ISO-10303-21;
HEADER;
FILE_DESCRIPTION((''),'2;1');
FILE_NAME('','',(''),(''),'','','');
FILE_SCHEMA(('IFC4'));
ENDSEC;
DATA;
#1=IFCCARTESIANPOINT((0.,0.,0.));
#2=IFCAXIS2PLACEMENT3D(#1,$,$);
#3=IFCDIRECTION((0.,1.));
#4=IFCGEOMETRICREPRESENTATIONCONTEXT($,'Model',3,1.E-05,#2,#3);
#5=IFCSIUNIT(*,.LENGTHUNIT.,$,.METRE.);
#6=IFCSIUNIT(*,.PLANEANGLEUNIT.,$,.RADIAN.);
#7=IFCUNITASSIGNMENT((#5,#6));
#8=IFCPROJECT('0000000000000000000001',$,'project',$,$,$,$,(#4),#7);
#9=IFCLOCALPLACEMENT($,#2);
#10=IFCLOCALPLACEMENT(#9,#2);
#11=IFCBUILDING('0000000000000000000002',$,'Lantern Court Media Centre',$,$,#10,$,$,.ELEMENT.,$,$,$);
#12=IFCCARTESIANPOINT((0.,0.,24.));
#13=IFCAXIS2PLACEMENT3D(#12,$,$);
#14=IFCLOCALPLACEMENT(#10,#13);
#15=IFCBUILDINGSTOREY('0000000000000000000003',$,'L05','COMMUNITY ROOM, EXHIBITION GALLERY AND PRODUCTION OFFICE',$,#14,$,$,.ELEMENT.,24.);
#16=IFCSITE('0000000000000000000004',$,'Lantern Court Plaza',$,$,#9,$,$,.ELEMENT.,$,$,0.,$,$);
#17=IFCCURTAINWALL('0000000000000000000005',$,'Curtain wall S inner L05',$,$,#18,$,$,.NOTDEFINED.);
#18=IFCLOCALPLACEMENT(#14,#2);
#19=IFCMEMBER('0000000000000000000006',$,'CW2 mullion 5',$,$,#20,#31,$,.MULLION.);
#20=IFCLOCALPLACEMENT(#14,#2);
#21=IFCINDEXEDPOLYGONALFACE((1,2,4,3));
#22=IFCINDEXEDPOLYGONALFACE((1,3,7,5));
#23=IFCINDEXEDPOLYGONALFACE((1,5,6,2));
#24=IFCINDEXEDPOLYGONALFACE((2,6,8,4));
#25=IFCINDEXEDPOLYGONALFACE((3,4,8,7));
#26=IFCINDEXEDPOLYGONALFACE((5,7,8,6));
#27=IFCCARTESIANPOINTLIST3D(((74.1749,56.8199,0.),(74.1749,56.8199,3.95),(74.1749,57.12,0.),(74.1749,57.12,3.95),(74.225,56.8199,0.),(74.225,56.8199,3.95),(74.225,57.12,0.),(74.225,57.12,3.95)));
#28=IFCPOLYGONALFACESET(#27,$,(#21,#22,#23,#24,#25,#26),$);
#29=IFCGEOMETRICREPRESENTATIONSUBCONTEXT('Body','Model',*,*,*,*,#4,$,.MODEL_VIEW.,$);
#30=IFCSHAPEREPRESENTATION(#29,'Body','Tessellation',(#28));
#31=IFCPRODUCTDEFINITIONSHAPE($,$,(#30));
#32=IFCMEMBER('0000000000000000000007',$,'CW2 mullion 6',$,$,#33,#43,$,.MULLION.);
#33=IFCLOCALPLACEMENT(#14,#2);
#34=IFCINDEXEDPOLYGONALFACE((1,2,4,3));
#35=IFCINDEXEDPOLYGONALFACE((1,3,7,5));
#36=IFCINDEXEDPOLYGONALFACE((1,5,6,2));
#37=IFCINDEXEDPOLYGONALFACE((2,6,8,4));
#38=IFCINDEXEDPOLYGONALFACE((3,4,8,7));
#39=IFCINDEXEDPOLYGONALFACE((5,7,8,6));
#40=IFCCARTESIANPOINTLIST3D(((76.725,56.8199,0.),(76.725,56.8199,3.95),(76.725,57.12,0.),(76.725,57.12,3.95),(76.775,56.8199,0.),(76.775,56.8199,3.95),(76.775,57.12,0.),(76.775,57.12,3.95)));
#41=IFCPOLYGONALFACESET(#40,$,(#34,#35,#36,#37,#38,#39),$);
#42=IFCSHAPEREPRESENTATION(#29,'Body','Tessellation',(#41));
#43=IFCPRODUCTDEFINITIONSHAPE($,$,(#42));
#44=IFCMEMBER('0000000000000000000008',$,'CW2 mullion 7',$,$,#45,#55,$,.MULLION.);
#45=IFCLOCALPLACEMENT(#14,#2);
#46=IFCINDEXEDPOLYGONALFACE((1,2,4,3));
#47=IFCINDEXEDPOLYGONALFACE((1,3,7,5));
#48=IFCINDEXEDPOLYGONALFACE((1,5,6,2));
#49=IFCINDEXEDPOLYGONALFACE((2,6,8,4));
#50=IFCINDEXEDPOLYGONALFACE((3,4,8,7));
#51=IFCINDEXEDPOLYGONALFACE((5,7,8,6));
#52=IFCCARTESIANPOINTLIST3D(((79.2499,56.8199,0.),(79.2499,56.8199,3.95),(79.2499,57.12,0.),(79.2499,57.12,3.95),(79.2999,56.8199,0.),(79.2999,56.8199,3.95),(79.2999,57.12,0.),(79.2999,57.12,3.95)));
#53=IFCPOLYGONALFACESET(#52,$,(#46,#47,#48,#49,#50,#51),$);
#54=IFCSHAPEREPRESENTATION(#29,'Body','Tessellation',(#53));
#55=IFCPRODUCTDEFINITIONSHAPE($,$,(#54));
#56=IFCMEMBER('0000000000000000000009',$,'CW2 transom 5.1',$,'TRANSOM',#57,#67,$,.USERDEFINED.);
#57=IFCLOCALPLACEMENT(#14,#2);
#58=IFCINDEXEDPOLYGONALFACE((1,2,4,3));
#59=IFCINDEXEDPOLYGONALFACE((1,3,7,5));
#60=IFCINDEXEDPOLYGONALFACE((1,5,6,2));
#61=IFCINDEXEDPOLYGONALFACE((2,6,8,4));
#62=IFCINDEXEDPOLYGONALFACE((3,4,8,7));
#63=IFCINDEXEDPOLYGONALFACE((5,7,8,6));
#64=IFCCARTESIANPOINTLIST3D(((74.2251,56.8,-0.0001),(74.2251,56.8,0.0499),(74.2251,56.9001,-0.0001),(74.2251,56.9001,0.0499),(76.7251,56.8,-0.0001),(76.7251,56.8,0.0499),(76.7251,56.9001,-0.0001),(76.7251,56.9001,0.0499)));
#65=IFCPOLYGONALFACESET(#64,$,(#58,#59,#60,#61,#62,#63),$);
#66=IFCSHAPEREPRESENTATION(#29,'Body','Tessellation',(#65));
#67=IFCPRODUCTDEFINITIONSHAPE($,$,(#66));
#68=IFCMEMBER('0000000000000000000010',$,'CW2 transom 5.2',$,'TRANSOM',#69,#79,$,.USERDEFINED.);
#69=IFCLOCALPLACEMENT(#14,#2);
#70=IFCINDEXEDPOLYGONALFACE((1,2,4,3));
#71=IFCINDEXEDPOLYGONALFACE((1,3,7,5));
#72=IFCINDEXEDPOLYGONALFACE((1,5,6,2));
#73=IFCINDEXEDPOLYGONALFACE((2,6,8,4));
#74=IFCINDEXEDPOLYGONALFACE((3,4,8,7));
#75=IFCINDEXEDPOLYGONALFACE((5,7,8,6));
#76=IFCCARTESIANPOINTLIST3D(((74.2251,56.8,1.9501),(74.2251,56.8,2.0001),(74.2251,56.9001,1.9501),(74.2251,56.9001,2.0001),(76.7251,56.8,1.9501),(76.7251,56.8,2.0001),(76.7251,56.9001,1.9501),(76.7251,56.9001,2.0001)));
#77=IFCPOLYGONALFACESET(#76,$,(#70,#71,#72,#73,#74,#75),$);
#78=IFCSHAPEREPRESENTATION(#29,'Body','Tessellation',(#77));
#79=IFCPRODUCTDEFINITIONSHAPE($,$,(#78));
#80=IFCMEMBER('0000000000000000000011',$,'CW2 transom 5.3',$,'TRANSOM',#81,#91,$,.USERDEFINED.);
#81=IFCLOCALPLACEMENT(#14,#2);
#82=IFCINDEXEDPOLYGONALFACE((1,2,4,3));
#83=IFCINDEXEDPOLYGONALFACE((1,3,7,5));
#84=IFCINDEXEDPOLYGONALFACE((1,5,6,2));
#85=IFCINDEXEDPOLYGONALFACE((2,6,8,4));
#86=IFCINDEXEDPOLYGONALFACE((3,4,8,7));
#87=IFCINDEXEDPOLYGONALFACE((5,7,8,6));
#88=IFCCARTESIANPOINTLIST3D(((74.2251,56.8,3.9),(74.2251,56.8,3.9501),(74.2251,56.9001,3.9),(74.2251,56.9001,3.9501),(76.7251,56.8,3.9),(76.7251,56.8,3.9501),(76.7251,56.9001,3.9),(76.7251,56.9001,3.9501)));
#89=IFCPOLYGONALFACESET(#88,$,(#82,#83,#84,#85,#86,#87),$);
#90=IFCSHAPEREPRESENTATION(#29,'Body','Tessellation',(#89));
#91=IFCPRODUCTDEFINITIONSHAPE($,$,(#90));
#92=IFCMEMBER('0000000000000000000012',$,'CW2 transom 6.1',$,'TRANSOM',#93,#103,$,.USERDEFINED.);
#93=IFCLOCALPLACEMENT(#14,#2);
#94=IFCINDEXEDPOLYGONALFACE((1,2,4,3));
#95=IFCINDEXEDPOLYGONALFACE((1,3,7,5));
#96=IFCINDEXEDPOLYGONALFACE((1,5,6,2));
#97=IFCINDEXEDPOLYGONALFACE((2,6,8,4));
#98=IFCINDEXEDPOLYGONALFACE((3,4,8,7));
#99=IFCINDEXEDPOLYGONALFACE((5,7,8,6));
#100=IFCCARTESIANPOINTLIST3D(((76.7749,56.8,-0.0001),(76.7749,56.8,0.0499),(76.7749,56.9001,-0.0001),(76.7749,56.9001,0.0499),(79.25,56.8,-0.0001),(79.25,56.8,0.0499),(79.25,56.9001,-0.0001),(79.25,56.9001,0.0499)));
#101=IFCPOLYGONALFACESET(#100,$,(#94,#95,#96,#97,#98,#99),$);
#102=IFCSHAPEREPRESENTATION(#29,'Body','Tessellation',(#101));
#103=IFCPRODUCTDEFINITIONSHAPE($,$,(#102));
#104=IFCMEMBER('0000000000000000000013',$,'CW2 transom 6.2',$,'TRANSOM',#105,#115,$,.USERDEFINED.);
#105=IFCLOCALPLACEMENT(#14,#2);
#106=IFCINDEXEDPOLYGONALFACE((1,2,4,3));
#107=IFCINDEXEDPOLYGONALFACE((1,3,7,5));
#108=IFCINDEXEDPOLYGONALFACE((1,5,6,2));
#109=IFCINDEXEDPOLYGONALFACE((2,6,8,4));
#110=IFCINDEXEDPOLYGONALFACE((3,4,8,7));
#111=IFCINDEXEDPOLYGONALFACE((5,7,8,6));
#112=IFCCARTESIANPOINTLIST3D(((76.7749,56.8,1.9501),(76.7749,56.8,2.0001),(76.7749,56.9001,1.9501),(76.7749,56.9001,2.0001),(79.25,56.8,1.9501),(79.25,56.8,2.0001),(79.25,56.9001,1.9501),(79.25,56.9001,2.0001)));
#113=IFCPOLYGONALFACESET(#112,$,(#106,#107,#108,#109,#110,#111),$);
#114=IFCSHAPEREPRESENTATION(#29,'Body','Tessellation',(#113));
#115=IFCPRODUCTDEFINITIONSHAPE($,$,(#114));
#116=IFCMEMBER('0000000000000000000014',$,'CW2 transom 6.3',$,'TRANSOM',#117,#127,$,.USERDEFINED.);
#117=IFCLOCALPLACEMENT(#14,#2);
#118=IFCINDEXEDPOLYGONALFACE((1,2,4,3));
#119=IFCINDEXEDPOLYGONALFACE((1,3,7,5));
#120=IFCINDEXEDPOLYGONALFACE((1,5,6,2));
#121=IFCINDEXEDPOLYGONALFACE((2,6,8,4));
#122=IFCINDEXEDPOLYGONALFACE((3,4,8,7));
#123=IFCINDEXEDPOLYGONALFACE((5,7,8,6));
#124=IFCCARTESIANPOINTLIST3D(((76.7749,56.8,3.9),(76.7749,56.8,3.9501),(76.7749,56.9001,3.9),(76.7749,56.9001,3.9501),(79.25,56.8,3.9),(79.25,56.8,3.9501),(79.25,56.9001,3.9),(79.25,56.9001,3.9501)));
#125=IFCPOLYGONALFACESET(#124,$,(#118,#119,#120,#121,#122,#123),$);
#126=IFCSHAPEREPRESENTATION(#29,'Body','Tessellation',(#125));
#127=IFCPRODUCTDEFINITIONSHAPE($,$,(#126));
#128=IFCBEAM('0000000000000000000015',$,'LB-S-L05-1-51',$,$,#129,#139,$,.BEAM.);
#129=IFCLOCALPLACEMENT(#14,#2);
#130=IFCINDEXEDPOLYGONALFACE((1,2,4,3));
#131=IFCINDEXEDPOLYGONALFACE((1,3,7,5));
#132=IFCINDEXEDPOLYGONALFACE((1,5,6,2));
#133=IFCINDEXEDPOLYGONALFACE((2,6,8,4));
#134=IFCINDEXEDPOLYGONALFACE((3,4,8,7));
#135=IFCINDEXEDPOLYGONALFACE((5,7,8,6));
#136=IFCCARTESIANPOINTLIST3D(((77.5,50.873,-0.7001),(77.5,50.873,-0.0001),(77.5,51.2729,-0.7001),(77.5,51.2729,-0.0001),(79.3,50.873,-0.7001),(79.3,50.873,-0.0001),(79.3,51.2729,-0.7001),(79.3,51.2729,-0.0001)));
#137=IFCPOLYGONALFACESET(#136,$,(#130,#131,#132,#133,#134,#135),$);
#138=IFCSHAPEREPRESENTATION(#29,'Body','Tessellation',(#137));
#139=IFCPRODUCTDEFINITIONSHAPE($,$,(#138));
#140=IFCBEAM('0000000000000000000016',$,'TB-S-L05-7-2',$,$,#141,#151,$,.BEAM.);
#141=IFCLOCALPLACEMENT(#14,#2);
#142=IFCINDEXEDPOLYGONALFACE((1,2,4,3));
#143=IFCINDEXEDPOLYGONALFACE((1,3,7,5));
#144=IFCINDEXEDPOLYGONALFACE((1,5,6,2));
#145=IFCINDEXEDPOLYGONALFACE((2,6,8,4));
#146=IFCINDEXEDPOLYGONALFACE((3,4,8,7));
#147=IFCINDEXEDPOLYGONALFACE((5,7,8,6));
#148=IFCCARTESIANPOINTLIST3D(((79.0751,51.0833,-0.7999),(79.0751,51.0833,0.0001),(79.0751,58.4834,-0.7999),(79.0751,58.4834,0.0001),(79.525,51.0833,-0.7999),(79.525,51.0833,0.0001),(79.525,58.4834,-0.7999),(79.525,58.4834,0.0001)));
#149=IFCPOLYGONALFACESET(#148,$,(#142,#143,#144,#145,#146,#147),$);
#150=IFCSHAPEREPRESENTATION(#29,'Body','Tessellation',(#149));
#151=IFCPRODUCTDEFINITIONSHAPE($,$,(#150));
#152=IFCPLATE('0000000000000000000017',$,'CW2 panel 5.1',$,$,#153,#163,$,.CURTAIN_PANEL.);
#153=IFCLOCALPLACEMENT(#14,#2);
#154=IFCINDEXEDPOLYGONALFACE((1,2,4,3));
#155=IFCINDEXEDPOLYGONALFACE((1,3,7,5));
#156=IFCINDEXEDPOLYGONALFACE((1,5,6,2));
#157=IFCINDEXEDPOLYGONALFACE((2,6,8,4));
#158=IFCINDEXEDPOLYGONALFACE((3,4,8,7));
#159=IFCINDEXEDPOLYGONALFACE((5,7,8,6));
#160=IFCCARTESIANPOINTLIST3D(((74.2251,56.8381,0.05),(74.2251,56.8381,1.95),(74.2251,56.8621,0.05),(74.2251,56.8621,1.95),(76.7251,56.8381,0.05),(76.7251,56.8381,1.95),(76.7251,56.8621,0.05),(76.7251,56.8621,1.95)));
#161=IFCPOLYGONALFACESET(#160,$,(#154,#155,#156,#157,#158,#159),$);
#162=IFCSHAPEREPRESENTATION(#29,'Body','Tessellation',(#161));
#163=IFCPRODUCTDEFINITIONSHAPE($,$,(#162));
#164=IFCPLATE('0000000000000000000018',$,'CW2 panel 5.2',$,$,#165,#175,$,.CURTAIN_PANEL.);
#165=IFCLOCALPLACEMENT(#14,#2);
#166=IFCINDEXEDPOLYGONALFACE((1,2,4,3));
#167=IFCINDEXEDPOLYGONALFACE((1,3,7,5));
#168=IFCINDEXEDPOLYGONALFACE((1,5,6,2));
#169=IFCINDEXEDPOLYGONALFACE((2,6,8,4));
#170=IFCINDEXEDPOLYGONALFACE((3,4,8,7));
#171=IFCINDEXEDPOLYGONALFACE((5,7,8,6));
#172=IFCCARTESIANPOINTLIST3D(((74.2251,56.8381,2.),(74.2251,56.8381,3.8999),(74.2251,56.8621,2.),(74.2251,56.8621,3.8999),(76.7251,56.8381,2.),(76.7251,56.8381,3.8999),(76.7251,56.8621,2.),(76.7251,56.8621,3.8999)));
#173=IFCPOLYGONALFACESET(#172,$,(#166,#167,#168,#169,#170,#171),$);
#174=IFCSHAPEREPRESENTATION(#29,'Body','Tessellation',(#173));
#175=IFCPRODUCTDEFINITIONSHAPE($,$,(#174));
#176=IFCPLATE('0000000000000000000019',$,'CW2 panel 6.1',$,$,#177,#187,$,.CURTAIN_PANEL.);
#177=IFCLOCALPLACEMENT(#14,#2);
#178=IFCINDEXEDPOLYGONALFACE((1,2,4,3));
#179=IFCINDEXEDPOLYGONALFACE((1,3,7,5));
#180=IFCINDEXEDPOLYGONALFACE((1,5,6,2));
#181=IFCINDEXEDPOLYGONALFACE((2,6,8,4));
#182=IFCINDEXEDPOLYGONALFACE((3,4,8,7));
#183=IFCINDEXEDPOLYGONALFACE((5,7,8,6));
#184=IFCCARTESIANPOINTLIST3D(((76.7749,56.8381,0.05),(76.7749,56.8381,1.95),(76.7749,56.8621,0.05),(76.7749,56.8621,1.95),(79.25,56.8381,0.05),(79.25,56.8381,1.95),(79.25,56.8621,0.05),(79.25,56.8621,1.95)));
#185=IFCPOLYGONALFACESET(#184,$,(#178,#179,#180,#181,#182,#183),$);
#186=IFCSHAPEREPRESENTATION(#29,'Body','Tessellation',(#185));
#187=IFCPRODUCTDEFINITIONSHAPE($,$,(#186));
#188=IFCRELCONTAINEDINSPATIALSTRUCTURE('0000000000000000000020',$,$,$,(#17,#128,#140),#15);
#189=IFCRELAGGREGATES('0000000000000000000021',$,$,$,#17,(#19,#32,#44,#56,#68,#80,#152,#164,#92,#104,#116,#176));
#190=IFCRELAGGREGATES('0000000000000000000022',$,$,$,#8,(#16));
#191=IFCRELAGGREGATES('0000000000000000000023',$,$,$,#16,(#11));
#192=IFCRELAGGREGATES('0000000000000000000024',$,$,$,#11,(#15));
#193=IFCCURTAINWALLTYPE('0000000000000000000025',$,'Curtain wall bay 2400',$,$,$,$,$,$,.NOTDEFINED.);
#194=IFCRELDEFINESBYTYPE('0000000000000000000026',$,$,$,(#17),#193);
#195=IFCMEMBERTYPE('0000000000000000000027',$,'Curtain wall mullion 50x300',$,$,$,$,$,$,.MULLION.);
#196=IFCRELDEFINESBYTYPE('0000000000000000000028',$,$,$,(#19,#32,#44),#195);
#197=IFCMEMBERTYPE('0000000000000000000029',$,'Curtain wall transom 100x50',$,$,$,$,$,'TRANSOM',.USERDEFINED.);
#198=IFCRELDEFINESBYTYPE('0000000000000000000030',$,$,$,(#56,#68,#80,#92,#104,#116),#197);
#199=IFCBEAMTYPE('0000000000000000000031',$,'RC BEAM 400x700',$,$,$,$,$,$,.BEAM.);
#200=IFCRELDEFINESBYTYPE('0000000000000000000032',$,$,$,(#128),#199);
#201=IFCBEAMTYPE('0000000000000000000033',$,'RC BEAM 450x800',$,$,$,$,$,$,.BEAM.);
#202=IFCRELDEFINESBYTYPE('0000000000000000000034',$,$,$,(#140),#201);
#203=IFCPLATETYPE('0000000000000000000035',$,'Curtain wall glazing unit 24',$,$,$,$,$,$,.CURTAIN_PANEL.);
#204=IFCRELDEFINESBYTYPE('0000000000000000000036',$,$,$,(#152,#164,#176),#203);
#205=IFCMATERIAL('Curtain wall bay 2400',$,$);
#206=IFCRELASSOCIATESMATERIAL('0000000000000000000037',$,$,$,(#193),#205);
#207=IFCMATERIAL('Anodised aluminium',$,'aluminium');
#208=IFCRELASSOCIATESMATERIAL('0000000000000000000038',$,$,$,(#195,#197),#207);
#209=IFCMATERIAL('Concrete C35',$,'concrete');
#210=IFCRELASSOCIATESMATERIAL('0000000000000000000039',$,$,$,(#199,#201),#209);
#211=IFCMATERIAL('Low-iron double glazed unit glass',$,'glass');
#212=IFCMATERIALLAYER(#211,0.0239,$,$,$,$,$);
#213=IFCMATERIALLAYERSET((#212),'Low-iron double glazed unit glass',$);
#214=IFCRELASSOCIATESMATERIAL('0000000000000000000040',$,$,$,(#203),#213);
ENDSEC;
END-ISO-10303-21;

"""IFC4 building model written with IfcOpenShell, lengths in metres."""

from ifc_helpers import new_model, si_unit, direction, frame, origin, origin_2d, place, context, subcontext, project, spatial, rectangle, extrude, material, layer, layer_set, material_profile, profile_set, type_object, element, aggregate, save


model = new_model("IFC4")

# Units and contexts
model_context = context("Model", 3, precision=1e-05, world=origin(), true_north=direction((0.0, 1.0)))
body_context = subcontext(model_context, "Body", "Model", "MODEL_VIEW")
ifc_project = project(units=[si_unit("LENGTHUNIT", "METRE"), si_unit("PLANEANGLEUNIT", "RADIAN")], contexts=[model_context])

# Site, building, storey
site_placement = place(None, origin())
site = spatial("IfcSite", under=ifc_project, at=site_placement, Name="Lantern Court Plaza", CompositionType="ELEMENT", RefElevation=0.0)
building_placement = place(site_placement, origin())
building = spatial("IfcBuilding", under=site, at=building_placement, Name="Lantern Court Media Centre", CompositionType="ELEMENT")
storey_placement = place(building_placement, frame((0.0, 0.0, 24.0)))
storey = spatial("IfcBuildingStorey", under=building, at=storey_placement, Name="L05", Description="COMMUNITY ROOM, EXHIBITION GALLERY AND PRODUCTION OFFICE", CompositionType="ELEMENT", Elevation=24.0)

# Curtain wall, members
ifc_material_1 = material(Name="Curtain wall bay 2400")
curtain_wall_type = type_object("IfcCurtainWallType", Name="Curtain wall bay 2400", PredefinedType="NOTDEFINED", material=ifc_material_1)
curtain_wall_placement = place(storey_placement, origin())
curtain_wall = element("IfcCurtainWall", 1, at=curtain_wall_placement, inside=storey, type_object=curtain_wall_type, Name="Curtain wall S inner L05", PredefinedType="NOTDEFINED")
ifc_material_2 = material(Name="Anodised aluminium", Category="aluminium")
ifc_material_profile_1 = material_profile(ifc_material_2, rectangle(XDim=0.3, YDim=0.05, at=origin_2d()), Name="AL 50x300")
ifc_profile_set_1 = profile_set([ifc_material_profile_1], Name="Anodised aluminium")
member_type_1 = type_object("IfcMemberType", Name="Curtain wall mullion 50x300", PredefinedType="MULLION", material=ifc_profile_set_1)
member_1_placement = place(storey_placement, frame((74.2, 56.97, 0.0), z_axis=(0.0, 0.0, 1.0), x_axis=(0.0, 1.0, 0.0)))
member_1 = element("IfcMember", 2, at=member_1_placement, type_object=member_type_1, Name="CW2 mullion 5", PredefinedType="MULLION", context=body_context, shape_type="SweptSolid", body=[
    extrude(rectangle(XDim=0.3, YDim=0.05, at=origin_2d()), origin(), (0.0, 0.0, 1.0), 3.95),
])
member_2_placement = place(storey_placement, frame((76.75, 56.97, 0.0), z_axis=(0.0, 0.0, 1.0), x_axis=(0.0, 1.0, 0.0)))
member_2 = element("IfcMember", 3, at=member_2_placement, type_object=member_type_1, Name="CW2 mullion 6", PredefinedType="MULLION", context=body_context, shape_type="SweptSolid", body=[
    extrude(rectangle(XDim=0.3, YDim=0.05, at=origin_2d()), origin(), (0.0, 0.0, 1.0), 3.95),
])
member_3_placement = place(storey_placement, frame((79.2749, 56.97, 0.0), z_axis=(0.0, 0.0, 1.0), x_axis=(0.0, 1.0, 0.0)))
member_3 = element("IfcMember", 4, at=member_3_placement, type_object=member_type_1, Name="CW2 mullion 7", PredefinedType="MULLION", context=body_context, shape_type="SweptSolid", body=[
    extrude(rectangle(XDim=0.3, YDim=0.05, at=origin_2d()), origin(), (0.0, 0.0, 1.0), 3.95),
])
ifc_material_profile_2 = material_profile(ifc_material_2, rectangle(XDim=0.1001, YDim=0.05, at=origin_2d()), Name="AL 50x100")
ifc_profile_set_2 = profile_set([ifc_material_profile_2], Name="Anodised aluminium")
member_type_2 = type_object("IfcMemberType", Name="Curtain wall transom 100x50", ElementType="TRANSOM", PredefinedType="USERDEFINED", material=ifc_profile_set_2)
member_4_placement = place(storey_placement, frame((74.2251, 56.8501, 0.0249), z_axis=(1.0, 0.0, 0.0), x_axis=(0.0, 1.0, 0.0)))
member_4 = element("IfcMember", 5, at=member_4_placement, type_object=member_type_2, Name="CW2 transom 5.1", ObjectType="TRANSOM", PredefinedType="USERDEFINED", context=body_context, shape_type="SweptSolid", body=[
    extrude(rectangle(XDim=0.1001, YDim=0.05, at=origin_2d()), origin(), (0.0, 0.0, 1.0), 2.5),
])
member_5_placement = place(storey_placement, frame((74.2251, 56.8501, 1.9751), z_axis=(1.0, 0.0, 0.0), x_axis=(0.0, 1.0, 0.0)))
member_5 = element("IfcMember", 6, at=member_5_placement, type_object=member_type_2, Name="CW2 transom 5.2", ObjectType="TRANSOM", PredefinedType="USERDEFINED", context=body_context, shape_type="SweptSolid", body=[
    extrude(rectangle(XDim=0.1001, YDim=0.05, at=origin_2d()), origin(), (0.0, 0.0, 1.0), 2.5),
])
member_6_placement = place(storey_placement, frame((74.2251, 56.8501, 3.925), z_axis=(1.0, 0.0, 0.0), x_axis=(0.0, 1.0, 0.0)))
member_6 = element("IfcMember", 7, at=member_6_placement, type_object=member_type_2, Name="CW2 transom 5.3", ObjectType="TRANSOM", PredefinedType="USERDEFINED", context=body_context, shape_type="SweptSolid", body=[
    extrude(rectangle(XDim=0.1001, YDim=0.05, at=origin_2d()), origin(), (0.0, 0.0, 1.0), 2.5),
])
member_7_placement = place(storey_placement, frame((76.7749, 56.8501, 0.0249), z_axis=(1.0, 0.0, 0.0), x_axis=(0.0, 1.0, 0.0)))
member_7 = element("IfcMember", 8, at=member_7_placement, type_object=member_type_2, Name="CW2 transom 6.1", ObjectType="TRANSOM", PredefinedType="USERDEFINED", context=body_context, shape_type="SweptSolid", body=[
    extrude(rectangle(XDim=0.1001, YDim=0.05, at=origin_2d()), origin(), (0.0, 0.0, 1.0), 2.4751),
])
member_8_placement = place(storey_placement, frame((76.7749, 56.8501, 1.9751), z_axis=(1.0, 0.0, 0.0), x_axis=(0.0, 1.0, 0.0)))
member_8 = element("IfcMember", 9, at=member_8_placement, type_object=member_type_2, Name="CW2 transom 6.2", ObjectType="TRANSOM", PredefinedType="USERDEFINED", context=body_context, shape_type="SweptSolid", body=[
    extrude(rectangle(XDim=0.1001, YDim=0.05, at=origin_2d()), origin(), (0.0, 0.0, 1.0), 2.4751),
])
member_9_placement = place(storey_placement, frame((76.7749, 56.8501, 3.925), z_axis=(1.0, 0.0, 0.0), x_axis=(0.0, 1.0, 0.0)))
member_9 = element("IfcMember", 10, at=member_9_placement, type_object=member_type_2, Name="CW2 transom 6.3", ObjectType="TRANSOM", PredefinedType="USERDEFINED", context=body_context, shape_type="SweptSolid", body=[
    extrude(rectangle(XDim=0.1001, YDim=0.05, at=origin_2d()), origin(), (0.0, 0.0, 1.0), 2.4751),
])

# Beams
ifc_material_3 = material(Name="Concrete C35", Category="concrete")
ifc_material_profile_3 = material_profile(ifc_material_3, rectangle(XDim=0.3999, YDim=0.7, at=origin_2d()), Name="RC 400x700")
ifc_profile_set_3 = profile_set([ifc_material_profile_3], Name="Concrete C35")
beam_type_1 = type_object("IfcBeamType", Name="RC BEAM 400x700", PredefinedType="BEAM", material=ifc_profile_set_3)
beam_1_placement = place(storey_placement, frame((77.5, 51.073, -0.3501), z_axis=(1.0, 0.0, 0.0), x_axis=(0.0, 1.0, 0.0)))
element("IfcBeam", 11, at=beam_1_placement, inside=storey, type_object=beam_type_1, Name="LB-S-L05-1-51", PredefinedType="BEAM", context=body_context, shape_type="SweptSolid", body=[
    extrude(rectangle(XDim=0.3999, YDim=0.7, at=origin_2d()), origin(), (0.0, 0.0, 1.0), 1.8),
])
ifc_material_profile_4 = material_profile(ifc_material_3, rectangle(XDim=0.45, YDim=0.8, at=origin_2d()), Name="RC 450x800")
ifc_profile_set_4 = profile_set([ifc_material_profile_4], Name="Concrete C35")
beam_type_2 = type_object("IfcBeamType", Name="RC BEAM 450x800", PredefinedType="BEAM", material=ifc_profile_set_4)
beam_2_placement = place(storey_placement, frame((79.3, 51.0833, -0.3999), z_axis=(0.0, 1.0, 0.0), x_axis=(-1.0, 0.0, 0.0)))
element("IfcBeam", 12, at=beam_2_placement, inside=storey, type_object=beam_type_2, Name="TB-S-L05-7-2", PredefinedType="BEAM", context=body_context, shape_type="SweptSolid", body=[
    extrude(rectangle(XDim=0.45, YDim=0.8, at=origin_2d()), origin(), (0.0, 0.0, 1.0), 7.4001),
])

# Plates
ifc_material_4 = material(Name="Low-iron double glazed unit glass", Category="glass")
ifc_layer_1 = layer(ifc_material_4, 0.0239)
ifc_layer_set_1 = layer_set([ifc_layer_1], Name="Low-iron double glazed unit glass")
plate_type = type_object("IfcPlateType", Name="Curtain wall glazing unit 24", PredefinedType="CURTAIN_PANEL", material=ifc_layer_set_1)
plate_1_placement = place(storey_placement, frame((75.4751, 56.8501, 0.05), z_axis=(0.0, 0.0, 1.0), x_axis=(1.0, 0.0, 0.0)))
plate_1 = element("IfcPlate", 13, at=plate_1_placement, type_object=plate_type, Name="CW2 panel 5.1", PredefinedType="CURTAIN_PANEL", context=body_context, shape_type="SweptSolid", body=[
    extrude(rectangle(XDim=2.5, YDim=0.0239, at=origin_2d()), origin(), (0.0, 0.0, 1.0), 1.8999),
])
plate_2_placement = place(storey_placement, frame((75.4751, 56.8501, 2.0), z_axis=(0.0, 0.0, 1.0), x_axis=(1.0, 0.0, 0.0)))
plate_2 = element("IfcPlate", 14, at=plate_2_placement, type_object=plate_type, Name="CW2 panel 5.2", PredefinedType="CURTAIN_PANEL", context=body_context, shape_type="SweptSolid", body=[
    extrude(rectangle(XDim=2.5, YDim=0.0239, at=origin_2d()), origin(), (0.0, 0.0, 1.0), 1.8999),
])
plate_3_placement = place(storey_placement, frame((78.0125, 56.8501, 0.05), z_axis=(0.0, 0.0, 1.0), x_axis=(1.0, 0.0, 0.0)))
plate_3 = element("IfcPlate", 15, at=plate_3_placement, type_object=plate_type, Name="CW2 panel 6.1", PredefinedType="CURTAIN_PANEL", context=body_context, shape_type="SweptSolid", body=[
    extrude(rectangle(XDim=2.4751, YDim=0.0239, at=origin_2d()), origin(), (0.0, 0.0, 1.0), 1.8999),
])
aggregate(curtain_wall, [member_1, member_2, member_3, member_4, member_5, member_6, plate_1, plate_2, member_7, member_8, member_9, plate_3])

save(model, "model.ifc")
